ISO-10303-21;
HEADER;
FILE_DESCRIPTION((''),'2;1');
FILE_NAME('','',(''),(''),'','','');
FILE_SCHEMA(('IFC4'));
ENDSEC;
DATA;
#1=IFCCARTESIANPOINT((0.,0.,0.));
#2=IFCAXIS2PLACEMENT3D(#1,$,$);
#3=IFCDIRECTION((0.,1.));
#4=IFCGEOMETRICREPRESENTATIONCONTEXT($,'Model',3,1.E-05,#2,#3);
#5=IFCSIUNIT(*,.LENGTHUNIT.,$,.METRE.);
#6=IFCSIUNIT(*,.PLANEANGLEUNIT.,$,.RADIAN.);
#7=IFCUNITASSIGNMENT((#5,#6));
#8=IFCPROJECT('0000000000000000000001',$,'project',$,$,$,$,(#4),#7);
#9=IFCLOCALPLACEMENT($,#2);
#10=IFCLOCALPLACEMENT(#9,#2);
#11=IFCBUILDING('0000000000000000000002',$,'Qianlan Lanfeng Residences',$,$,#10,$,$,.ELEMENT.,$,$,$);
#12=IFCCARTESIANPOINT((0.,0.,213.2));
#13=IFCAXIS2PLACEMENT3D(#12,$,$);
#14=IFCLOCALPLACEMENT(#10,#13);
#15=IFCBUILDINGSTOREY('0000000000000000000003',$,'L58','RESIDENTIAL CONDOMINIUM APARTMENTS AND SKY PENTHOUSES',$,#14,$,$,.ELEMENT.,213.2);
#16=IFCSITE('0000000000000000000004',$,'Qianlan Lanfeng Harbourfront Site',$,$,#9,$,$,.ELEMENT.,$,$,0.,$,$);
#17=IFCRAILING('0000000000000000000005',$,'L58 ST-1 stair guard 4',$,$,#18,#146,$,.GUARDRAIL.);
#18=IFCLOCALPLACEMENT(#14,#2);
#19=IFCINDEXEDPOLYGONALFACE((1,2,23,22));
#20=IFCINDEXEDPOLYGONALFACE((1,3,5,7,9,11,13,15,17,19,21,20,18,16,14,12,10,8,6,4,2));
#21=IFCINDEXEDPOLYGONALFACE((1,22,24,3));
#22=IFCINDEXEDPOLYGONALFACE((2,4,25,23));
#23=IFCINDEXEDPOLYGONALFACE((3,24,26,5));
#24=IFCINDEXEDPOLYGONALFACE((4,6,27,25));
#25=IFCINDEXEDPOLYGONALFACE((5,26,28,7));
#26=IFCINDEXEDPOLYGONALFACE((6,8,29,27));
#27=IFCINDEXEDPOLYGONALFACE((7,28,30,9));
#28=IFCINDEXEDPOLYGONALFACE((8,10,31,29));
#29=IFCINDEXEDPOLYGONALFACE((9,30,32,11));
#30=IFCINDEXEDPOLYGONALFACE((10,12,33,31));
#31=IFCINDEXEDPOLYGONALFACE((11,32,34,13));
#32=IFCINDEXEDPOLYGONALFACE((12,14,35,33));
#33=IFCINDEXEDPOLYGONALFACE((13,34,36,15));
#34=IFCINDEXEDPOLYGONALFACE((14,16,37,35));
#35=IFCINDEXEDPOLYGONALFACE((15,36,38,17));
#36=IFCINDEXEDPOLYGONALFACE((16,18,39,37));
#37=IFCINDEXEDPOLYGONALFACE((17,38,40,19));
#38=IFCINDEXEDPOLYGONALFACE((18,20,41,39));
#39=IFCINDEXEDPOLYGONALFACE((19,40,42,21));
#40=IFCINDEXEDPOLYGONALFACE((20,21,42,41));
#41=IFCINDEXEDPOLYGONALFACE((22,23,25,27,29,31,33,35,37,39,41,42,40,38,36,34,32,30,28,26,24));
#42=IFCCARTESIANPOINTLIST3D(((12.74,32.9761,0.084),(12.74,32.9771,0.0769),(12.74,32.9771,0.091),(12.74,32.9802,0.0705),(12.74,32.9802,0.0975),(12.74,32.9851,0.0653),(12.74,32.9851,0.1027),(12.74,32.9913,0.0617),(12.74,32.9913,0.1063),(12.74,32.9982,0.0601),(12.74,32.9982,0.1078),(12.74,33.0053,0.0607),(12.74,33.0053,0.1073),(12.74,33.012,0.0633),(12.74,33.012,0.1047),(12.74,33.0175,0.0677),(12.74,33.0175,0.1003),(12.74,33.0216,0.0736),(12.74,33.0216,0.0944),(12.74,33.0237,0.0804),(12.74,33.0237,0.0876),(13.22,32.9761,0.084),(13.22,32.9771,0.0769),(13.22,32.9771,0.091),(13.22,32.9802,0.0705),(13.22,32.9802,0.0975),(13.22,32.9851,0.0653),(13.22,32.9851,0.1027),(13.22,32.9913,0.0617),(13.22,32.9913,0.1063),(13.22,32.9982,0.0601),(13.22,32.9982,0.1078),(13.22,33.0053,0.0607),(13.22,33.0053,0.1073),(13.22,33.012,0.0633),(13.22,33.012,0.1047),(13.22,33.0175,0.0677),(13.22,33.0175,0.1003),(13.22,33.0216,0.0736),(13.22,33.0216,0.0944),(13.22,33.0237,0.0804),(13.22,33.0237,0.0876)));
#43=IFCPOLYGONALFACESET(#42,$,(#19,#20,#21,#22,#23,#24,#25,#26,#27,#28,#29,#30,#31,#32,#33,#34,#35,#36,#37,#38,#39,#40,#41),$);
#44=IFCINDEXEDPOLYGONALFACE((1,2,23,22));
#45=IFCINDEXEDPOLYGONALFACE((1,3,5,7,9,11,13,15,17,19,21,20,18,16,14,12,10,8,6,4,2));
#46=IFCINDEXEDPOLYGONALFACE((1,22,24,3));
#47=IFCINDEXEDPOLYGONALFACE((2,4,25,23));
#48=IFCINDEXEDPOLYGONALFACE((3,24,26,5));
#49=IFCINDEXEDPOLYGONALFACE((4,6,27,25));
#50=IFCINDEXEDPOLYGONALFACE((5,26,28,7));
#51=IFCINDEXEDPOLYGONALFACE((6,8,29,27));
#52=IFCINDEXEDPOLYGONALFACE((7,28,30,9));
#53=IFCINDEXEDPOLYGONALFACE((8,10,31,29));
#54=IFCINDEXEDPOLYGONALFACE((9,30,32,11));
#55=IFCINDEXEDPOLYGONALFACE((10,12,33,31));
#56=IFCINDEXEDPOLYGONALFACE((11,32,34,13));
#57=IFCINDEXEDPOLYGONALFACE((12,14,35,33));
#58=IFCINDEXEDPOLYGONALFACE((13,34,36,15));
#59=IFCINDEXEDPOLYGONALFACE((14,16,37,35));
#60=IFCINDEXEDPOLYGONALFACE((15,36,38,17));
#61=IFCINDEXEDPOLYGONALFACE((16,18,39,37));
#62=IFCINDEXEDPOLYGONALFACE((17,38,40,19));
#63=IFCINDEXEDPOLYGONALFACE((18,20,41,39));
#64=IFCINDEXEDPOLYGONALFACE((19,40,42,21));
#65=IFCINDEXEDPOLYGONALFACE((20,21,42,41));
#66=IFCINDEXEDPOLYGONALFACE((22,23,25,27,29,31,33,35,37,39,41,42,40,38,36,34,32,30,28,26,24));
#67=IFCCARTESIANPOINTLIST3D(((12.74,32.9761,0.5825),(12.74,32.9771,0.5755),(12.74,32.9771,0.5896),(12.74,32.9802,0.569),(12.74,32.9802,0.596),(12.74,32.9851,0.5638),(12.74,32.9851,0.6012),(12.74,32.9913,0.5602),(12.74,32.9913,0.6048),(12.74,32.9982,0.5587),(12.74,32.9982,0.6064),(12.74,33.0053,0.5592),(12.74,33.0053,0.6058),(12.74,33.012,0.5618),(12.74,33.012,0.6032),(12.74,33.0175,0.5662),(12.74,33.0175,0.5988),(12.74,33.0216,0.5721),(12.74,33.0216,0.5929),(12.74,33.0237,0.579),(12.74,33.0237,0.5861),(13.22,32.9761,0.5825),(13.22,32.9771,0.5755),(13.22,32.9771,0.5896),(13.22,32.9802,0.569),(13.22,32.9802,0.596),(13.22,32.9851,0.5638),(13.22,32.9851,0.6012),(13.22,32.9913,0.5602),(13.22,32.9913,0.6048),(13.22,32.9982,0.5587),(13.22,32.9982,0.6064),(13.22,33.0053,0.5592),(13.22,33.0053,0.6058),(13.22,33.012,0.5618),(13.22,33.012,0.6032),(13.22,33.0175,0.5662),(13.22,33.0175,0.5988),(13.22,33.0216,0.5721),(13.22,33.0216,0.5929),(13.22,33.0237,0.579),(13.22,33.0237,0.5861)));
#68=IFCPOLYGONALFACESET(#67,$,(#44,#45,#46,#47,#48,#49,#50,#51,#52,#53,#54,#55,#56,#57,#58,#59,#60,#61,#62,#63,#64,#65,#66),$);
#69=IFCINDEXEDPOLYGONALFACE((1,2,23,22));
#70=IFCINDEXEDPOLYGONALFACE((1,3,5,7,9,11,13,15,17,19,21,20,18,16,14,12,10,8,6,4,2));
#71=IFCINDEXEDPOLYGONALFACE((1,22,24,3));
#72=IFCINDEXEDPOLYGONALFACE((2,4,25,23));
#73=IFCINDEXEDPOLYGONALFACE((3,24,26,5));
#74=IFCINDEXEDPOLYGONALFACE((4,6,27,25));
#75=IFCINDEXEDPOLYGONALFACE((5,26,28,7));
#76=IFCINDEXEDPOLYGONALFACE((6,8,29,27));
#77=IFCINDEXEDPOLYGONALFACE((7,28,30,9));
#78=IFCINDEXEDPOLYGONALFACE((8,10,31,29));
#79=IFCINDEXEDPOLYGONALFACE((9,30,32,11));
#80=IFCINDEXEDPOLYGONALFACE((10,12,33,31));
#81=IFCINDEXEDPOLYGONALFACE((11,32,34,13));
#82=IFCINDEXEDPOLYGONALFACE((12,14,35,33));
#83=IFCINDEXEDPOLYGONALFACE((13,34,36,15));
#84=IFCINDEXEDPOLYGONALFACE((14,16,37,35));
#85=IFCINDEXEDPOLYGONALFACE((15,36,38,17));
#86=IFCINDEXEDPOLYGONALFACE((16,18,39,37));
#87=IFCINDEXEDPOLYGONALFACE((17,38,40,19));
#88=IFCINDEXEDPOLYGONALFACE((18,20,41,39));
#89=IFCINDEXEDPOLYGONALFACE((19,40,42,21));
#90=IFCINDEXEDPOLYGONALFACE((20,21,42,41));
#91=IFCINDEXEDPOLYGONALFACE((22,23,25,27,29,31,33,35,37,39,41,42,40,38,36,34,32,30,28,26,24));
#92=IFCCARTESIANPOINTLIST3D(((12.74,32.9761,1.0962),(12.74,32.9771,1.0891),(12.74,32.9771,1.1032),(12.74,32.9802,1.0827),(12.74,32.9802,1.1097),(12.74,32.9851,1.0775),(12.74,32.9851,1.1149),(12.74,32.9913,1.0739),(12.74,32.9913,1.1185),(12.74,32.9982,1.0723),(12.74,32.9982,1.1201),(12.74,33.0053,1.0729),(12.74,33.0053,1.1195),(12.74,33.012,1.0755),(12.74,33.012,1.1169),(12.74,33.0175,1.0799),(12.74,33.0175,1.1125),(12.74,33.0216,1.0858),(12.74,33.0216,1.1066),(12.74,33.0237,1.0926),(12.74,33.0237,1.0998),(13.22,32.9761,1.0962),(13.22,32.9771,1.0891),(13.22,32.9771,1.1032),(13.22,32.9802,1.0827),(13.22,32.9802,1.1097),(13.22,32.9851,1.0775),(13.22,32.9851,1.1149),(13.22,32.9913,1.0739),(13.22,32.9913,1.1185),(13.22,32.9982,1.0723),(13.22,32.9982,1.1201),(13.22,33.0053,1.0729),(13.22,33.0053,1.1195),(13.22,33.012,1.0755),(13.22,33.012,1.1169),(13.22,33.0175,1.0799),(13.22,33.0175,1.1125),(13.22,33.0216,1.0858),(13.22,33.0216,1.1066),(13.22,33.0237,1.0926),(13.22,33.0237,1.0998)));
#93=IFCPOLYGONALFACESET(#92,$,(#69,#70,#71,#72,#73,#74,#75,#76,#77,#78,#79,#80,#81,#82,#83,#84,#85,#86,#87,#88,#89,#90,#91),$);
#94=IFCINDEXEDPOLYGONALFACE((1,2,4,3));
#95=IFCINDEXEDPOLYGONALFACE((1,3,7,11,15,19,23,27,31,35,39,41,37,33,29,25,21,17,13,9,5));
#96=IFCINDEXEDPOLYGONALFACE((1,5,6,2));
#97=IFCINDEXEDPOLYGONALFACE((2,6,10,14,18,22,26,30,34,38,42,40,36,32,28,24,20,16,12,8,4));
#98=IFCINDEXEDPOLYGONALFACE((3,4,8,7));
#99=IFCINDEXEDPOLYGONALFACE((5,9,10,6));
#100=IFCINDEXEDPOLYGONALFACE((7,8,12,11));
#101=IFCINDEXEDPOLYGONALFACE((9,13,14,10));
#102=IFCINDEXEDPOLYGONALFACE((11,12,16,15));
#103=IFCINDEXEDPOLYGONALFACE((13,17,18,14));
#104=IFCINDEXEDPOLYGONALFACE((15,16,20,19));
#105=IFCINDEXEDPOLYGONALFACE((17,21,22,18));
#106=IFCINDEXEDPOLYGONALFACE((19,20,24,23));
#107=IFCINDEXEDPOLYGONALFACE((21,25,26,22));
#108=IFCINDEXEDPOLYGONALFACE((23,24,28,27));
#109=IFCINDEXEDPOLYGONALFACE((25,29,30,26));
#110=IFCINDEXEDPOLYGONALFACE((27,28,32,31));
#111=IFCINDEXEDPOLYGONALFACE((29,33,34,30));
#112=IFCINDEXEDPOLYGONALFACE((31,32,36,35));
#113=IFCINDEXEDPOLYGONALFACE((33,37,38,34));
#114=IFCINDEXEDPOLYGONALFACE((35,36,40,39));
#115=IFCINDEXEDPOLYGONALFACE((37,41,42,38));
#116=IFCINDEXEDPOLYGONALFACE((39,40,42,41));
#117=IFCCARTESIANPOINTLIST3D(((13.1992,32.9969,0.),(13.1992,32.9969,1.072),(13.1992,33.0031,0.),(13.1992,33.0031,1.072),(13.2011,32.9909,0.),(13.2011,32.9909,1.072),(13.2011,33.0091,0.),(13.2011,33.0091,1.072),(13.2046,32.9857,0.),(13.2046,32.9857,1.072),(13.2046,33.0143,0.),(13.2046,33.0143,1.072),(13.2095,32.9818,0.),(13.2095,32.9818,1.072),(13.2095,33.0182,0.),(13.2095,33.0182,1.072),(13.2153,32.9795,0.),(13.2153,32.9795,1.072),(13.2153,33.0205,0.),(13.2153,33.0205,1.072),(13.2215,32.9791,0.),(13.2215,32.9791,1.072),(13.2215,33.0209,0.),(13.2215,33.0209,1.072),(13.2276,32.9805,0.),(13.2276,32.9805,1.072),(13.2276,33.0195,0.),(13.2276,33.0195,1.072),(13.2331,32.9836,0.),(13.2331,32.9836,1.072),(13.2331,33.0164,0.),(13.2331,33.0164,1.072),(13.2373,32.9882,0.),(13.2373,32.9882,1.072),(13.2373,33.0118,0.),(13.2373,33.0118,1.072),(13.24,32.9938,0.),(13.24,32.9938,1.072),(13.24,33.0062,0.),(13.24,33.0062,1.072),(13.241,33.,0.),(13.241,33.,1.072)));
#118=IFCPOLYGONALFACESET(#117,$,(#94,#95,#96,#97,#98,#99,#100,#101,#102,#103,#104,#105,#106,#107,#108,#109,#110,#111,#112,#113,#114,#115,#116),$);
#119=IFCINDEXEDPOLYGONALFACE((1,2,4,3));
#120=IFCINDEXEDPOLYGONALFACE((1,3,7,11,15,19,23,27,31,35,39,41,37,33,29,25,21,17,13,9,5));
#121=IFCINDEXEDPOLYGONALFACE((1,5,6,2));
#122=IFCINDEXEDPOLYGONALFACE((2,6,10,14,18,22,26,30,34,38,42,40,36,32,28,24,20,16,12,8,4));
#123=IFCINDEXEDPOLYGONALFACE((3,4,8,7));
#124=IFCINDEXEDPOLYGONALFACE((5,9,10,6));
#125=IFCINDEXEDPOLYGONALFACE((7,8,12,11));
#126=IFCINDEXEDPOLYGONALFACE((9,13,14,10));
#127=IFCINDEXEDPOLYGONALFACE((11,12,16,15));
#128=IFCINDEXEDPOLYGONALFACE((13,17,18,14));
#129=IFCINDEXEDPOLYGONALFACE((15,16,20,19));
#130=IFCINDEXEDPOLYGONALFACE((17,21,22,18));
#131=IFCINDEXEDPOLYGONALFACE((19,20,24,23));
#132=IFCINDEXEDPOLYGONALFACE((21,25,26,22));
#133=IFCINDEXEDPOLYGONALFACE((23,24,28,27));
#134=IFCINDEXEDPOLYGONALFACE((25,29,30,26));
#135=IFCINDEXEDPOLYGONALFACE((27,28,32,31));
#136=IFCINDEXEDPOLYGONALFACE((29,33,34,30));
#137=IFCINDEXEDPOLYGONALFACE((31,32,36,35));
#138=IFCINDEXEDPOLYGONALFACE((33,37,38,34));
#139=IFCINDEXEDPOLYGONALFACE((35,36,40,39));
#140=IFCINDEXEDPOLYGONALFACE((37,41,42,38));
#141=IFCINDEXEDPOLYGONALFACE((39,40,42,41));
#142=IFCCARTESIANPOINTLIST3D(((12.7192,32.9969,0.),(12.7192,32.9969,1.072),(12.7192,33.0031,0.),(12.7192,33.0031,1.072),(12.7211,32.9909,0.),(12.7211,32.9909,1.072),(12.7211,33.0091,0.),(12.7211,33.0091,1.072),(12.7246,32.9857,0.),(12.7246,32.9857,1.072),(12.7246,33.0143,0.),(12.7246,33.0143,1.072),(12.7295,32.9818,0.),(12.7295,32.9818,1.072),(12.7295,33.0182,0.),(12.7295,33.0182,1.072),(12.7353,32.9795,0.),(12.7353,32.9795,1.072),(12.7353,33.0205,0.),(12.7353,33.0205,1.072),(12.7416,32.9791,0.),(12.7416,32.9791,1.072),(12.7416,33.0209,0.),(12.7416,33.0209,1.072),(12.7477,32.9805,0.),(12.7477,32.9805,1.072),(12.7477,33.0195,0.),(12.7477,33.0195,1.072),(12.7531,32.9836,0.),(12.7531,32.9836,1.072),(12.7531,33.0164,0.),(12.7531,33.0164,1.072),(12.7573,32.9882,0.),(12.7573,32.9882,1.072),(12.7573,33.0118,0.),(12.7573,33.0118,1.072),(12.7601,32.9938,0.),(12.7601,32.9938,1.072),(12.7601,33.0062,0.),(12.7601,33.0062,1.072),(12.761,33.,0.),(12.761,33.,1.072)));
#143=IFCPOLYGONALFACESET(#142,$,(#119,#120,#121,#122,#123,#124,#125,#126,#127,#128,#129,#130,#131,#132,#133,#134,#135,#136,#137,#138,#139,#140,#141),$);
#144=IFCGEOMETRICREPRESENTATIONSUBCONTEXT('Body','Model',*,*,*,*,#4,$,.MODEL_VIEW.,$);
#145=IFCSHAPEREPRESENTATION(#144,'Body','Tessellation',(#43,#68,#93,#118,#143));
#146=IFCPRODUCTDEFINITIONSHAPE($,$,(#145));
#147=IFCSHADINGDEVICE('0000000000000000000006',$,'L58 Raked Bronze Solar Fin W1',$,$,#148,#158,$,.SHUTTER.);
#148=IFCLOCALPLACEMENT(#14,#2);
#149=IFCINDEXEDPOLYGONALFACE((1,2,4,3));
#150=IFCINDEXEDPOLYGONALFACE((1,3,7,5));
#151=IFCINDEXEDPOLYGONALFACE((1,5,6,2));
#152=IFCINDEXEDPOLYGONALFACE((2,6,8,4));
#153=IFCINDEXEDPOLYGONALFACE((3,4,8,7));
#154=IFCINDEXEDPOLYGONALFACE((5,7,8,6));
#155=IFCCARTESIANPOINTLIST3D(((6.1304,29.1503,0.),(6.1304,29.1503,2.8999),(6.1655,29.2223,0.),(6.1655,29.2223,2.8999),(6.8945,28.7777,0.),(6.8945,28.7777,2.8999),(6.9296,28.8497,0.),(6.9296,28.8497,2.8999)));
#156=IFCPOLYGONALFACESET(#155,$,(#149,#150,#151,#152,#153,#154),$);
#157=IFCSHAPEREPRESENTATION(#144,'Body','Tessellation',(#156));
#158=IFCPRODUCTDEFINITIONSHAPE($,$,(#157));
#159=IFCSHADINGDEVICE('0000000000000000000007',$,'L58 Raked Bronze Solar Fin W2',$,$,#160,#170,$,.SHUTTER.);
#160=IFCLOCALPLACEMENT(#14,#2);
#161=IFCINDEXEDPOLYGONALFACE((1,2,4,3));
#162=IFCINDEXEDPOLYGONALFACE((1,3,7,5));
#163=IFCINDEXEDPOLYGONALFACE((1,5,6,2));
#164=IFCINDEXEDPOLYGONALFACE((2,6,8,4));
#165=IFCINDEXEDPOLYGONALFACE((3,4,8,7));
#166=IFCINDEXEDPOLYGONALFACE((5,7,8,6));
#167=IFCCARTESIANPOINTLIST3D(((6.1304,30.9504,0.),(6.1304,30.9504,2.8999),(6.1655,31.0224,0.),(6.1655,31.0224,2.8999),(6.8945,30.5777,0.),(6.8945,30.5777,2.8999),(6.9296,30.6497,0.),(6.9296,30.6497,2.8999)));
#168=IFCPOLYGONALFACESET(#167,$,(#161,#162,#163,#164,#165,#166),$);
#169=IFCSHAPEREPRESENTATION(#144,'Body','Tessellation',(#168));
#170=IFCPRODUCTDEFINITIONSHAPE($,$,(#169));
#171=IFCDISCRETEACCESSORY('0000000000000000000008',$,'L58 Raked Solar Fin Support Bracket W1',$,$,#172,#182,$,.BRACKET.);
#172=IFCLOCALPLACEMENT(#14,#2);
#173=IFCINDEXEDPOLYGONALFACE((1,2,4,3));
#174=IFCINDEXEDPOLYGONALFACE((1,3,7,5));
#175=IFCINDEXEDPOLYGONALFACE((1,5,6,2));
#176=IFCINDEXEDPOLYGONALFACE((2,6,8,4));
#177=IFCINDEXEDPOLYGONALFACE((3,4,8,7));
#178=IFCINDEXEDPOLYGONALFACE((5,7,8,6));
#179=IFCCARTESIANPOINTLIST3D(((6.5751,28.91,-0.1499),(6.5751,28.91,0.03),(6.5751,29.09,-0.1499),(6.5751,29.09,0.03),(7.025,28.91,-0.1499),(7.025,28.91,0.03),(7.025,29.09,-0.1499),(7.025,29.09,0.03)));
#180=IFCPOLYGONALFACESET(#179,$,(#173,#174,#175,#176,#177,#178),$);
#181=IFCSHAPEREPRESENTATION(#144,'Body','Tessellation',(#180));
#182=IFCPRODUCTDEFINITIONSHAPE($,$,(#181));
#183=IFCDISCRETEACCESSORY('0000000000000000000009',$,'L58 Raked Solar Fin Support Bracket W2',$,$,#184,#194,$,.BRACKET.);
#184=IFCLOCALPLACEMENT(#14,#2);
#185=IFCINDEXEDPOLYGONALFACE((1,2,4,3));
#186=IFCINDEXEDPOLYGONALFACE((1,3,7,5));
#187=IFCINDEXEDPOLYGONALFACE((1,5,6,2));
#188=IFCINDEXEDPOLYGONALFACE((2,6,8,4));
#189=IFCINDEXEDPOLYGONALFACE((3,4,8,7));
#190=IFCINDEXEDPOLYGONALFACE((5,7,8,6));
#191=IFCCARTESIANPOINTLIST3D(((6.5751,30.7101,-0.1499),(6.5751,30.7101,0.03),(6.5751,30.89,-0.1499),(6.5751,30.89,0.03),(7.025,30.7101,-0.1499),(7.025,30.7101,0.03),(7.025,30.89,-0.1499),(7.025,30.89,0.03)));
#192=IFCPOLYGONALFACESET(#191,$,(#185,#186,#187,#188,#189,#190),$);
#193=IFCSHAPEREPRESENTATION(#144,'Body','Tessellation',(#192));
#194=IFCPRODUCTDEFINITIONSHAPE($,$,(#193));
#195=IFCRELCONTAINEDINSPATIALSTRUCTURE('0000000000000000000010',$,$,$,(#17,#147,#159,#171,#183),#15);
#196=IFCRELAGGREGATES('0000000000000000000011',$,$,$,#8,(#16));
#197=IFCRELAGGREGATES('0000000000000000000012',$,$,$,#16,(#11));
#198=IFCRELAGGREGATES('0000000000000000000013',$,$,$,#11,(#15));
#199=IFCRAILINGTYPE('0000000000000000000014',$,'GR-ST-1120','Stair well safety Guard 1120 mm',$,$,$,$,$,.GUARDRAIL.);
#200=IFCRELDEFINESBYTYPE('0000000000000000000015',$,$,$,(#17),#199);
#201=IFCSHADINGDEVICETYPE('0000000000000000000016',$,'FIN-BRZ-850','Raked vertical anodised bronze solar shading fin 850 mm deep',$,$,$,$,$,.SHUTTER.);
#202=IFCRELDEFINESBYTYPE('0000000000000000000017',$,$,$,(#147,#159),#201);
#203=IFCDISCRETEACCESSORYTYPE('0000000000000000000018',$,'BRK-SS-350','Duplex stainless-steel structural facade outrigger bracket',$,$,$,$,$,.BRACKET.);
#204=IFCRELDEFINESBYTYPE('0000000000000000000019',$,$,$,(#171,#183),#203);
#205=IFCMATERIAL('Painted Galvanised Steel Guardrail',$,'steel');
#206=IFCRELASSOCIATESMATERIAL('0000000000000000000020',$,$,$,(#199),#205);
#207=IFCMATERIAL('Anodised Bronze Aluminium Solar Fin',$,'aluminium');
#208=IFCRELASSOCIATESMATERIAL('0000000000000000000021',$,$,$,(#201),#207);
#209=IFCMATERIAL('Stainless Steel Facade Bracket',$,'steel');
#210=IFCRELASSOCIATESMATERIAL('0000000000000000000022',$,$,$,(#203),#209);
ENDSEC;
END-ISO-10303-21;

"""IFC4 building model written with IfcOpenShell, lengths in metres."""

from ifc_helpers import new_model, si_unit, direction, frame, origin, origin_2d, place, context, subcontext, project, spatial, rectangle, circle, extrude, source, transform, mapped, material, type_object, element, save


model = new_model("IFC4")

# Units and contexts
model_context = context("Model", 3, precision=1e-05, world=origin(), true_north=direction((0.0, 1.0)))
body_context = subcontext(model_context, "Body", "Model", "MODEL_VIEW")
ifc_project = project(units=[si_unit("LENGTHUNIT", "METRE"), si_unit("PLANEANGLEUNIT", "RADIAN")], contexts=[model_context])

# Site, building, storey
site_placement = place(None, origin())
site = spatial("IfcSite", under=ifc_project, at=site_placement, Name="Qianlan Lanfeng Harbourfront Site", CompositionType="ELEMENT", RefElevation=0.0)
building_placement = place(site_placement, origin())
building = spatial("IfcBuilding", under=site, at=building_placement, Name="Qianlan Lanfeng Residences", CompositionType="ELEMENT")
storey_placement = place(building_placement, frame((0.0, 0.0, 213.2)))
storey = spatial("IfcBuildingStorey", under=building, at=storey_placement, Name="L58", Description="RESIDENTIAL CONDOMINIUM APARTMENTS AND SKY PENTHOUSES", CompositionType="ELEMENT", Elevation=213.2)

# Railing
ifc_material_1 = material(Name="Painted Galvanised Steel Guardrail", Category="steel")
railing_type = type_object("IfcRailingType", Name="GR-ST-1120", Description="Stair well safety Guard 1120 mm", PredefinedType="GUARDRAIL", material=ifc_material_1)
railing_placement = place(storey_placement, frame((13.22, 33.0, 0.0)))
element("IfcRailing", 1, at=railing_placement, inside=storey, type_object=railing_type, Name="L58 ST-1 stair guard 4", PredefinedType="GUARDRAIL", context=body_context, shape_type="SweptSolid", body=[
    extrude(circle(Radius=0.0239, at=origin_2d()), frame((0.0, 0.0, 0.084), z_axis=(-1.0, 0.0, 0.0), x_axis=(0.0, -1.0, 0.0)), (0.0, 0.0, 1.0), 0.48),
    extrude(circle(Radius=0.0239, at=origin_2d()), frame((0.0, 0.0, 0.5825), z_axis=(-1.0, 0.0, 0.0), x_axis=(0.0, -1.0, 0.0)), (0.0, 0.0, 1.0), 0.48),
    extrude(circle(Radius=0.0239, at=origin_2d()), frame((0.0, 0.0, 1.0962), z_axis=(-1.0, 0.0, 0.0), x_axis=(0.0, -1.0, 0.0)), (0.0, 0.0, 1.0), 0.48),
    extrude(circle(Radius=0.021, at=origin_2d()), origin(), (0.0, 0.0, 1.0), 1.072),
    extrude(circle(Radius=0.021, at=origin_2d()), frame((-0.48, 0.0, 0.0)), (0.0, 0.0, 1.0), 1.072),
])

# Shading devices
ifc_material_2 = material(Name="Anodised Bronze Aluminium Solar Fin", Category="aluminium")
shading_device_type = type_object("IfcShadingDeviceType", Name="FIN-BRZ-850", Description="Raked vertical anodised bronze solar shading fin 850 mm deep", PredefinedType="SHUTTER", material=ifc_material_2)
shared_shape_1 = source(origin(), body_context, "Body", "SweptSolid", [
    extrude(rectangle(XDim=0.8501, YDim=0.0801, at=origin_2d()), origin(), (0.0, 0.0, 1.0), 2.8999),
])
for number, where, z_axis, x_axis, name in (
    (2, (6.53, 29.0, 0.0), (0.0, 0.0, 1.0), (0.898794, -0.438371, 0.0), "L58 Raked Bronze Solar Fin W1"),
    (3, (6.53, 30.8, 0.0), (0.0, 0.0, 1.0), (0.898794, -0.438371, 0.0), "L58 Raked Bronze Solar Fin W2"),
):
    element("IfcShadingDevice", number, at=place(storey_placement, frame(where, z_axis=z_axis, x_axis=x_axis)), inside=storey, type_object=shading_device_type, Name=name, PredefinedType="SHUTTER", context=body_context, shape_type="MappedRepresentation", body=[
        mapped(shared_shape_1, transform((0.0, 0.0, 0.0), scale=1.0)),
    ])

# Discrete accessories
ifc_material_3 = material(Name="Stainless Steel Facade Bracket", Category="steel")
discrete_accessory_type = type_object("IfcDiscreteAccessoryType", Name="BRK-SS-350", Description="Duplex stainless-steel structural facade outrigger bracket", PredefinedType="BRACKET", material=ifc_material_3)
shared_shape_2 = source(origin(), body_context, "Body", "SweptSolid", [
    extrude(rectangle(XDim=0.45, YDim=0.1799, at=origin_2d()), origin(), (0.0, 0.0, 1.0), 0.1799),
])
for number, where, z_axis, x_axis, name in (
    (4, (6.8, 29.0, -0.1499), (0.0, 0.0, 1.0), (1.0, 0.0, 0.0), "L58 Raked Solar Fin Support Bracket W1"),
    (5, (6.8, 30.8, -0.1499), (0.0, 0.0, 1.0), (1.0, 0.0, 0.0), "L58 Raked Solar Fin Support Bracket W2"),
):
    element("IfcDiscreteAccessory", number, at=place(storey_placement, frame(where, z_axis=z_axis, x_axis=x_axis)), inside=storey, type_object=discrete_accessory_type, Name=name, PredefinedType="BRACKET", context=body_context, shape_type="MappedRepresentation", body=[
        mapped(shared_shape_2, transform((0.0, 0.0, 0.0), scale=1.0)),
    ])

save(model, "model.ifc")
